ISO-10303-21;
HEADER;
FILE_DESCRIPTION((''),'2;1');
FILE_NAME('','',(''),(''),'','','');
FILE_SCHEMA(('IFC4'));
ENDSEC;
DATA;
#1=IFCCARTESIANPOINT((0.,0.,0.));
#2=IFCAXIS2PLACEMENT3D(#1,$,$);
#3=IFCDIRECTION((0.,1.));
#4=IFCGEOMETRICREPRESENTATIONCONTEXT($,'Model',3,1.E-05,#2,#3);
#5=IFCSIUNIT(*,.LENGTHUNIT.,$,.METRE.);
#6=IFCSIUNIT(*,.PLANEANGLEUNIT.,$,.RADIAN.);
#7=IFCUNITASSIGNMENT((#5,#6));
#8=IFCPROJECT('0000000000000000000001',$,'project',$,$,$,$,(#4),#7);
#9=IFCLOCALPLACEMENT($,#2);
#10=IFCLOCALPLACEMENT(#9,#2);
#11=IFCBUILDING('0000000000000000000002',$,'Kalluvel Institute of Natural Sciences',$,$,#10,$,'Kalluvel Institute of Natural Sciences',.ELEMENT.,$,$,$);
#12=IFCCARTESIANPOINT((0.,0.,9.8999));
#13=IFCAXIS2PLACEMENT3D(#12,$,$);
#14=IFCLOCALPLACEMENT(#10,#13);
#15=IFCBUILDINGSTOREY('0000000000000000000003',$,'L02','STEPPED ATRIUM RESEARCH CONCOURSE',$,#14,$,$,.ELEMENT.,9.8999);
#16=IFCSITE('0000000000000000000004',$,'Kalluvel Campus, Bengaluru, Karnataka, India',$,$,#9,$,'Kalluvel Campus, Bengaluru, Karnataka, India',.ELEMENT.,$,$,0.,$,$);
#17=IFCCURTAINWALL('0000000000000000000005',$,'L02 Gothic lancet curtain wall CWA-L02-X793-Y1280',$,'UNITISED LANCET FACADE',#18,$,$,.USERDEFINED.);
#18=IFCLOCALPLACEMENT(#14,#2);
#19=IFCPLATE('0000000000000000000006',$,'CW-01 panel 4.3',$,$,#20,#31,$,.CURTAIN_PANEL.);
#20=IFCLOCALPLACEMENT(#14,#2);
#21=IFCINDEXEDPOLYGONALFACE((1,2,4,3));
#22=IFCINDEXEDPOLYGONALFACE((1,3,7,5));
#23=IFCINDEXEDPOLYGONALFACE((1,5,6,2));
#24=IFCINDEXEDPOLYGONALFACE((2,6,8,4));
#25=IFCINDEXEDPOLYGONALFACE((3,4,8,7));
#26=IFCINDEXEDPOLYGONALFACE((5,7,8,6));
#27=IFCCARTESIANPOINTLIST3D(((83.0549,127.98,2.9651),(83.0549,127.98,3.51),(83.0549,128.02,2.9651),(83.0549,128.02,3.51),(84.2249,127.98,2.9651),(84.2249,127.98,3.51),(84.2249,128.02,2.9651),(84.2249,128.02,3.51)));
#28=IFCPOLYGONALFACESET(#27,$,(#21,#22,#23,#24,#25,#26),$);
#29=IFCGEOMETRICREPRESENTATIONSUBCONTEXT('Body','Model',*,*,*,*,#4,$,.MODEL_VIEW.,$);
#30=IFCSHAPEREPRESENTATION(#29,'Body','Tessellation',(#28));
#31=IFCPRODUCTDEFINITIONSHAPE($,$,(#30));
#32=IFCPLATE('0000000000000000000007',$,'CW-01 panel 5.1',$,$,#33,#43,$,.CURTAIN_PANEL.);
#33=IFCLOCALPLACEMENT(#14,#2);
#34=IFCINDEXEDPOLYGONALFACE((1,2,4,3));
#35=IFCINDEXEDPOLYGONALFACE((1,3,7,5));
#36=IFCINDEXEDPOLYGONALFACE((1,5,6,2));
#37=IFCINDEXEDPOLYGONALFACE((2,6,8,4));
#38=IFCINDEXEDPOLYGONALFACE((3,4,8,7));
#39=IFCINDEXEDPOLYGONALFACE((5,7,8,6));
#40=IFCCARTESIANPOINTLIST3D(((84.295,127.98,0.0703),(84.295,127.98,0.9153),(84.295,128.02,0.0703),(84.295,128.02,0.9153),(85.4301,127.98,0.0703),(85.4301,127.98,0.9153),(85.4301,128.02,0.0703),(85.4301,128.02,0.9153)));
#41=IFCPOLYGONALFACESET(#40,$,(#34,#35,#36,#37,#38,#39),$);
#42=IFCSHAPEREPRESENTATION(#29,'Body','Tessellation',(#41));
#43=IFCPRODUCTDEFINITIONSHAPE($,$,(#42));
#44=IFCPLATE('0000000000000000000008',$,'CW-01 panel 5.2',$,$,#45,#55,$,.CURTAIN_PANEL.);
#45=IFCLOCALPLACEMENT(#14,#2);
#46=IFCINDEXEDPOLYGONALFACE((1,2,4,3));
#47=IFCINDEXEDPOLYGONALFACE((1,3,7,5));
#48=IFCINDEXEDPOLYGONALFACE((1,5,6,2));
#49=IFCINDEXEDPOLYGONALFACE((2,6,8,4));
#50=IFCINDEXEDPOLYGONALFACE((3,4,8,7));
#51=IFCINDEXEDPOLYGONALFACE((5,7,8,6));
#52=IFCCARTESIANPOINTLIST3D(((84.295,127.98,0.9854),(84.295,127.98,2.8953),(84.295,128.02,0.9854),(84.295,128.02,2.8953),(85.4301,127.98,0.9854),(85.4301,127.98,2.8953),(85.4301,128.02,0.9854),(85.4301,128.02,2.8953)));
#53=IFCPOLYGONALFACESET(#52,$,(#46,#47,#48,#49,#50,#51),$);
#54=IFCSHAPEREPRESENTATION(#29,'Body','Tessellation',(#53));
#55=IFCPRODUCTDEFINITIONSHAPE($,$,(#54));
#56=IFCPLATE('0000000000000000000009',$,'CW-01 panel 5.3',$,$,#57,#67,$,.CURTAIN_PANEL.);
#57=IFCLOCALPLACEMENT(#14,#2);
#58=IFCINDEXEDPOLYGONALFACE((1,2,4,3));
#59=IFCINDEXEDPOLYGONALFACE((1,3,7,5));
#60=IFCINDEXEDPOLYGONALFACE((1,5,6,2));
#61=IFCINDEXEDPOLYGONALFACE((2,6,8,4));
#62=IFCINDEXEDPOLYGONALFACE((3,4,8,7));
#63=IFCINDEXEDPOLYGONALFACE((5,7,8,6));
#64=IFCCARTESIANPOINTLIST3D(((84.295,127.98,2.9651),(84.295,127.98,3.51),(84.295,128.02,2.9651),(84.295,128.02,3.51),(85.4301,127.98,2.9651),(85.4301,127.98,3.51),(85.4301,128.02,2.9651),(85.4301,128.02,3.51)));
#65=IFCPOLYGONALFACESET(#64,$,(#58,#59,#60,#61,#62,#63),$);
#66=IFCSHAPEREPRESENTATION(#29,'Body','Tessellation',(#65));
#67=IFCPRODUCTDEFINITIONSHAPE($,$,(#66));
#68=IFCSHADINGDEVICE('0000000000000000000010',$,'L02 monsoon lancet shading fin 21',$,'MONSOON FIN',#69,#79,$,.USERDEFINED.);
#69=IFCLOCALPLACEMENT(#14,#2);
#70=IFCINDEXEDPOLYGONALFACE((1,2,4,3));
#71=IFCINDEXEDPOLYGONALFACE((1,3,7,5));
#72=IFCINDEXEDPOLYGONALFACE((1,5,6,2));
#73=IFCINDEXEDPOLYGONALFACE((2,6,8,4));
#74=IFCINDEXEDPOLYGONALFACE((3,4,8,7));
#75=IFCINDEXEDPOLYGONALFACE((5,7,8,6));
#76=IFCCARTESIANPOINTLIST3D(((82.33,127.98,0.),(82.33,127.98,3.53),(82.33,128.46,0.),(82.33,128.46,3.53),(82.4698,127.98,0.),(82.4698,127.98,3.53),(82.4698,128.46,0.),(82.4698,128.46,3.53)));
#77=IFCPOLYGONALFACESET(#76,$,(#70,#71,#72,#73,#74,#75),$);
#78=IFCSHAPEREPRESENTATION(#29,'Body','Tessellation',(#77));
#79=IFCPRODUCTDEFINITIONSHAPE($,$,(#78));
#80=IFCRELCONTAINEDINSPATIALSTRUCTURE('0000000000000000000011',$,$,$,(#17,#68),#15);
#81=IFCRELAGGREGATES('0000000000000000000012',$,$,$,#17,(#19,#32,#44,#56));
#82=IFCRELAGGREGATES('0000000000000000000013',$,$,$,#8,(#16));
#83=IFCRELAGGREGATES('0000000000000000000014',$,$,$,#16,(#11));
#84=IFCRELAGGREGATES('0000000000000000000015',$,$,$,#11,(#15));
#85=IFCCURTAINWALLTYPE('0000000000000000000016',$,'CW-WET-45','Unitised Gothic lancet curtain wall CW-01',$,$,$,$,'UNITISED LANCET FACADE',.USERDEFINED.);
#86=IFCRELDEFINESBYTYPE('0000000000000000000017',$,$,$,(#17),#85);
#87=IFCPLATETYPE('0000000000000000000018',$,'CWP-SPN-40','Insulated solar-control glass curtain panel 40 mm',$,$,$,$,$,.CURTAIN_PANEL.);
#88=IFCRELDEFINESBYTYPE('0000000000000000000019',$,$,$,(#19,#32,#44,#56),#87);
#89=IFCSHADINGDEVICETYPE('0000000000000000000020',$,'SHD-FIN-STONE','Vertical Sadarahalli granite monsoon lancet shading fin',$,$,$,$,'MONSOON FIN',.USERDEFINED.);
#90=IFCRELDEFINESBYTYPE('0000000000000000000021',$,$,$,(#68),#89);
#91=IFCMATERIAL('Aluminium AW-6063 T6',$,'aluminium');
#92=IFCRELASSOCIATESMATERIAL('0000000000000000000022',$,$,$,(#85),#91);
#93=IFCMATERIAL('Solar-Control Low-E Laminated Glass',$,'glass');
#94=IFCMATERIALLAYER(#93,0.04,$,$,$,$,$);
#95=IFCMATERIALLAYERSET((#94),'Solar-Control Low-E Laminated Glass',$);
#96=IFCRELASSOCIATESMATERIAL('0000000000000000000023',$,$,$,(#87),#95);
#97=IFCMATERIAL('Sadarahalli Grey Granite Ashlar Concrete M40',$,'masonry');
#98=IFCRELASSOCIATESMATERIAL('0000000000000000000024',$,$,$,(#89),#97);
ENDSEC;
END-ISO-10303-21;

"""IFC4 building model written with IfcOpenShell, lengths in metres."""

from ifc_helpers import new_model, si_unit, direction, frame, origin, origin_2d, place, context, subcontext, project, spatial, rectangle, extrude, material, layer, layer_set, type_object, element, aggregate, save


model = new_model("IFC4")

# Units and contexts
model_context = context("Model", 3, precision=1e-05, world=origin(), true_north=direction((0.0, 1.0)))
body_context = subcontext(model_context, "Body", "Model", "MODEL_VIEW")
ifc_project = project(units=[si_unit("LENGTHUNIT", "METRE"), si_unit("PLANEANGLEUNIT", "RADIAN")], contexts=[model_context])

# Site, building, storey
site_placement = place(None, origin())
site = spatial("IfcSite", under=ifc_project, at=site_placement, Name="Kalluvel Campus, Bengaluru, Karnataka, India", LongName="Kalluvel Campus, Bengaluru, Karnataka, India", CompositionType="ELEMENT", RefElevation=0.0)
building_placement = place(site_placement, origin())
building = spatial("IfcBuilding", under=site, at=building_placement, Name="Kalluvel Institute of Natural Sciences", LongName="Kalluvel Institute of Natural Sciences", CompositionType="ELEMENT")
storey_placement = place(building_placement, frame((0.0, 0.0, 9.8999)))
storey = spatial("IfcBuildingStorey", under=building, at=storey_placement, Name="L02", Description="STEPPED ATRIUM RESEARCH CONCOURSE", CompositionType="ELEMENT", Elevation=9.8999)

# Curtain wall
ifc_material_1 = material(Name="Aluminium AW-6063 T6", Category="aluminium")
curtain_wall_type = type_object("IfcCurtainWallType", Name="CW-WET-45", Description="Unitised Gothic lancet curtain wall CW-01", ElementType="UNITISED LANCET FACADE", PredefinedType="USERDEFINED", material=ifc_material_1)
curtain_wall_1_placement = place(storey_placement, origin())
curtain_wall_1 = element("IfcCurtainWall", 1, at=curtain_wall_1_placement, inside=storey, type_object=curtain_wall_type, Name="L02 Gothic lancet curtain wall CWA-L02-X793-Y1280", ObjectType="UNITISED LANCET FACADE", PredefinedType="USERDEFINED")

# Plates
ifc_material_2 = material(Name="Solar-Control Low-E Laminated Glass", Category="glass")
ifc_layer = layer(ifc_material_2, 0.04)
ifc_layer_set = layer_set([ifc_layer], Name="Solar-Control Low-E Laminated Glass")
plate_type = type_object("IfcPlateType", Name="CWP-SPN-40", Description="Insulated solar-control glass curtain panel 40 mm", PredefinedType="CURTAIN_PANEL", material=ifc_layer_set)
plate_1_placement = place(storey_placement, frame((83.6399, 128.0, 2.9651), z_axis=(0.0, 0.0, 1.0), x_axis=(1.0, 0.0, 0.0)))
plate_1 = element("IfcPlate", 2, at=plate_1_placement, type_object=plate_type, Name="CW-01 panel 4.3", PredefinedType="CURTAIN_PANEL", context=body_context, shape_type="SweptSolid", body=[
    extrude(rectangle(XDim=1.1699, YDim=0.04, at=origin_2d()), origin(), (0.0, 0.0, 1.0), 0.5449),
])
plate_2_placement = place(storey_placement, frame((84.8625, 128.0, 0.0703), z_axis=(0.0, 0.0, 1.0), x_axis=(1.0, 0.0, 0.0)))
plate_2 = element("IfcPlate", 3, at=plate_2_placement, type_object=plate_type, Name="CW-01 panel 5.1", PredefinedType="CURTAIN_PANEL", context=body_context, shape_type="SweptSolid", body=[
    extrude(rectangle(XDim=1.135, YDim=0.04, at=origin_2d()), origin(), (0.0, 0.0, 1.0), 0.845),
])
plate_3_placement = place(storey_placement, frame((84.8625, 128.0, 0.9854), z_axis=(0.0, 0.0, 1.0), x_axis=(1.0, 0.0, 0.0)))
plate_3 = element("IfcPlate", 4, at=plate_3_placement, type_object=plate_type, Name="CW-01 panel 5.2", PredefinedType="CURTAIN_PANEL", context=body_context, shape_type="SweptSolid", body=[
    extrude(rectangle(XDim=1.135, YDim=0.04, at=origin_2d()), origin(), (0.0, 0.0, 1.0), 1.9099),
])
plate_4_placement = place(storey_placement, frame((84.8625, 128.0, 2.9651), z_axis=(0.0, 0.0, 1.0), x_axis=(1.0, 0.0, 0.0)))
plate_4 = element("IfcPlate", 5, at=plate_4_placement, type_object=plate_type, Name="CW-01 panel 5.3", PredefinedType="CURTAIN_PANEL", context=body_context, shape_type="SweptSolid", body=[
    extrude(rectangle(XDim=1.135, YDim=0.04, at=origin_2d()), origin(), (0.0, 0.0, 1.0), 0.5449),
])
aggregate(curtain_wall_1, [plate_1, plate_2, plate_3, plate_4])

# Shading device
ifc_material_3 = material(Name="Sadarahalli Grey Granite Ashlar Concrete M40", Category="masonry")
shading_device_type = type_object("IfcShadingDeviceType", Name="SHD-FIN-STONE", Description="Vertical Sadarahalli granite monsoon lancet shading fin", ElementType="MONSOON FIN", PredefinedType="USERDEFINED", material=ifc_material_3)
shading_device_placement = place(storey_placement, frame((82.3999, 128.22, 0.0), z_axis=(0.0, 0.0, 1.0), x_axis=(1.0, 0.0, 0.0)))
element("IfcShadingDevice", 6, at=shading_device_placement, inside=storey, type_object=shading_device_type, Name="L02 monsoon lancet shading fin 21", ObjectType="MONSOON FIN", PredefinedType="USERDEFINED", context=body_context, shape_type="SweptSolid", body=[
    extrude(rectangle(XDim=0.1399, YDim=0.48, at=origin_2d()), origin(), (0.0, 0.0, 1.0), 3.53),
])

save(model, "model.ifc")
